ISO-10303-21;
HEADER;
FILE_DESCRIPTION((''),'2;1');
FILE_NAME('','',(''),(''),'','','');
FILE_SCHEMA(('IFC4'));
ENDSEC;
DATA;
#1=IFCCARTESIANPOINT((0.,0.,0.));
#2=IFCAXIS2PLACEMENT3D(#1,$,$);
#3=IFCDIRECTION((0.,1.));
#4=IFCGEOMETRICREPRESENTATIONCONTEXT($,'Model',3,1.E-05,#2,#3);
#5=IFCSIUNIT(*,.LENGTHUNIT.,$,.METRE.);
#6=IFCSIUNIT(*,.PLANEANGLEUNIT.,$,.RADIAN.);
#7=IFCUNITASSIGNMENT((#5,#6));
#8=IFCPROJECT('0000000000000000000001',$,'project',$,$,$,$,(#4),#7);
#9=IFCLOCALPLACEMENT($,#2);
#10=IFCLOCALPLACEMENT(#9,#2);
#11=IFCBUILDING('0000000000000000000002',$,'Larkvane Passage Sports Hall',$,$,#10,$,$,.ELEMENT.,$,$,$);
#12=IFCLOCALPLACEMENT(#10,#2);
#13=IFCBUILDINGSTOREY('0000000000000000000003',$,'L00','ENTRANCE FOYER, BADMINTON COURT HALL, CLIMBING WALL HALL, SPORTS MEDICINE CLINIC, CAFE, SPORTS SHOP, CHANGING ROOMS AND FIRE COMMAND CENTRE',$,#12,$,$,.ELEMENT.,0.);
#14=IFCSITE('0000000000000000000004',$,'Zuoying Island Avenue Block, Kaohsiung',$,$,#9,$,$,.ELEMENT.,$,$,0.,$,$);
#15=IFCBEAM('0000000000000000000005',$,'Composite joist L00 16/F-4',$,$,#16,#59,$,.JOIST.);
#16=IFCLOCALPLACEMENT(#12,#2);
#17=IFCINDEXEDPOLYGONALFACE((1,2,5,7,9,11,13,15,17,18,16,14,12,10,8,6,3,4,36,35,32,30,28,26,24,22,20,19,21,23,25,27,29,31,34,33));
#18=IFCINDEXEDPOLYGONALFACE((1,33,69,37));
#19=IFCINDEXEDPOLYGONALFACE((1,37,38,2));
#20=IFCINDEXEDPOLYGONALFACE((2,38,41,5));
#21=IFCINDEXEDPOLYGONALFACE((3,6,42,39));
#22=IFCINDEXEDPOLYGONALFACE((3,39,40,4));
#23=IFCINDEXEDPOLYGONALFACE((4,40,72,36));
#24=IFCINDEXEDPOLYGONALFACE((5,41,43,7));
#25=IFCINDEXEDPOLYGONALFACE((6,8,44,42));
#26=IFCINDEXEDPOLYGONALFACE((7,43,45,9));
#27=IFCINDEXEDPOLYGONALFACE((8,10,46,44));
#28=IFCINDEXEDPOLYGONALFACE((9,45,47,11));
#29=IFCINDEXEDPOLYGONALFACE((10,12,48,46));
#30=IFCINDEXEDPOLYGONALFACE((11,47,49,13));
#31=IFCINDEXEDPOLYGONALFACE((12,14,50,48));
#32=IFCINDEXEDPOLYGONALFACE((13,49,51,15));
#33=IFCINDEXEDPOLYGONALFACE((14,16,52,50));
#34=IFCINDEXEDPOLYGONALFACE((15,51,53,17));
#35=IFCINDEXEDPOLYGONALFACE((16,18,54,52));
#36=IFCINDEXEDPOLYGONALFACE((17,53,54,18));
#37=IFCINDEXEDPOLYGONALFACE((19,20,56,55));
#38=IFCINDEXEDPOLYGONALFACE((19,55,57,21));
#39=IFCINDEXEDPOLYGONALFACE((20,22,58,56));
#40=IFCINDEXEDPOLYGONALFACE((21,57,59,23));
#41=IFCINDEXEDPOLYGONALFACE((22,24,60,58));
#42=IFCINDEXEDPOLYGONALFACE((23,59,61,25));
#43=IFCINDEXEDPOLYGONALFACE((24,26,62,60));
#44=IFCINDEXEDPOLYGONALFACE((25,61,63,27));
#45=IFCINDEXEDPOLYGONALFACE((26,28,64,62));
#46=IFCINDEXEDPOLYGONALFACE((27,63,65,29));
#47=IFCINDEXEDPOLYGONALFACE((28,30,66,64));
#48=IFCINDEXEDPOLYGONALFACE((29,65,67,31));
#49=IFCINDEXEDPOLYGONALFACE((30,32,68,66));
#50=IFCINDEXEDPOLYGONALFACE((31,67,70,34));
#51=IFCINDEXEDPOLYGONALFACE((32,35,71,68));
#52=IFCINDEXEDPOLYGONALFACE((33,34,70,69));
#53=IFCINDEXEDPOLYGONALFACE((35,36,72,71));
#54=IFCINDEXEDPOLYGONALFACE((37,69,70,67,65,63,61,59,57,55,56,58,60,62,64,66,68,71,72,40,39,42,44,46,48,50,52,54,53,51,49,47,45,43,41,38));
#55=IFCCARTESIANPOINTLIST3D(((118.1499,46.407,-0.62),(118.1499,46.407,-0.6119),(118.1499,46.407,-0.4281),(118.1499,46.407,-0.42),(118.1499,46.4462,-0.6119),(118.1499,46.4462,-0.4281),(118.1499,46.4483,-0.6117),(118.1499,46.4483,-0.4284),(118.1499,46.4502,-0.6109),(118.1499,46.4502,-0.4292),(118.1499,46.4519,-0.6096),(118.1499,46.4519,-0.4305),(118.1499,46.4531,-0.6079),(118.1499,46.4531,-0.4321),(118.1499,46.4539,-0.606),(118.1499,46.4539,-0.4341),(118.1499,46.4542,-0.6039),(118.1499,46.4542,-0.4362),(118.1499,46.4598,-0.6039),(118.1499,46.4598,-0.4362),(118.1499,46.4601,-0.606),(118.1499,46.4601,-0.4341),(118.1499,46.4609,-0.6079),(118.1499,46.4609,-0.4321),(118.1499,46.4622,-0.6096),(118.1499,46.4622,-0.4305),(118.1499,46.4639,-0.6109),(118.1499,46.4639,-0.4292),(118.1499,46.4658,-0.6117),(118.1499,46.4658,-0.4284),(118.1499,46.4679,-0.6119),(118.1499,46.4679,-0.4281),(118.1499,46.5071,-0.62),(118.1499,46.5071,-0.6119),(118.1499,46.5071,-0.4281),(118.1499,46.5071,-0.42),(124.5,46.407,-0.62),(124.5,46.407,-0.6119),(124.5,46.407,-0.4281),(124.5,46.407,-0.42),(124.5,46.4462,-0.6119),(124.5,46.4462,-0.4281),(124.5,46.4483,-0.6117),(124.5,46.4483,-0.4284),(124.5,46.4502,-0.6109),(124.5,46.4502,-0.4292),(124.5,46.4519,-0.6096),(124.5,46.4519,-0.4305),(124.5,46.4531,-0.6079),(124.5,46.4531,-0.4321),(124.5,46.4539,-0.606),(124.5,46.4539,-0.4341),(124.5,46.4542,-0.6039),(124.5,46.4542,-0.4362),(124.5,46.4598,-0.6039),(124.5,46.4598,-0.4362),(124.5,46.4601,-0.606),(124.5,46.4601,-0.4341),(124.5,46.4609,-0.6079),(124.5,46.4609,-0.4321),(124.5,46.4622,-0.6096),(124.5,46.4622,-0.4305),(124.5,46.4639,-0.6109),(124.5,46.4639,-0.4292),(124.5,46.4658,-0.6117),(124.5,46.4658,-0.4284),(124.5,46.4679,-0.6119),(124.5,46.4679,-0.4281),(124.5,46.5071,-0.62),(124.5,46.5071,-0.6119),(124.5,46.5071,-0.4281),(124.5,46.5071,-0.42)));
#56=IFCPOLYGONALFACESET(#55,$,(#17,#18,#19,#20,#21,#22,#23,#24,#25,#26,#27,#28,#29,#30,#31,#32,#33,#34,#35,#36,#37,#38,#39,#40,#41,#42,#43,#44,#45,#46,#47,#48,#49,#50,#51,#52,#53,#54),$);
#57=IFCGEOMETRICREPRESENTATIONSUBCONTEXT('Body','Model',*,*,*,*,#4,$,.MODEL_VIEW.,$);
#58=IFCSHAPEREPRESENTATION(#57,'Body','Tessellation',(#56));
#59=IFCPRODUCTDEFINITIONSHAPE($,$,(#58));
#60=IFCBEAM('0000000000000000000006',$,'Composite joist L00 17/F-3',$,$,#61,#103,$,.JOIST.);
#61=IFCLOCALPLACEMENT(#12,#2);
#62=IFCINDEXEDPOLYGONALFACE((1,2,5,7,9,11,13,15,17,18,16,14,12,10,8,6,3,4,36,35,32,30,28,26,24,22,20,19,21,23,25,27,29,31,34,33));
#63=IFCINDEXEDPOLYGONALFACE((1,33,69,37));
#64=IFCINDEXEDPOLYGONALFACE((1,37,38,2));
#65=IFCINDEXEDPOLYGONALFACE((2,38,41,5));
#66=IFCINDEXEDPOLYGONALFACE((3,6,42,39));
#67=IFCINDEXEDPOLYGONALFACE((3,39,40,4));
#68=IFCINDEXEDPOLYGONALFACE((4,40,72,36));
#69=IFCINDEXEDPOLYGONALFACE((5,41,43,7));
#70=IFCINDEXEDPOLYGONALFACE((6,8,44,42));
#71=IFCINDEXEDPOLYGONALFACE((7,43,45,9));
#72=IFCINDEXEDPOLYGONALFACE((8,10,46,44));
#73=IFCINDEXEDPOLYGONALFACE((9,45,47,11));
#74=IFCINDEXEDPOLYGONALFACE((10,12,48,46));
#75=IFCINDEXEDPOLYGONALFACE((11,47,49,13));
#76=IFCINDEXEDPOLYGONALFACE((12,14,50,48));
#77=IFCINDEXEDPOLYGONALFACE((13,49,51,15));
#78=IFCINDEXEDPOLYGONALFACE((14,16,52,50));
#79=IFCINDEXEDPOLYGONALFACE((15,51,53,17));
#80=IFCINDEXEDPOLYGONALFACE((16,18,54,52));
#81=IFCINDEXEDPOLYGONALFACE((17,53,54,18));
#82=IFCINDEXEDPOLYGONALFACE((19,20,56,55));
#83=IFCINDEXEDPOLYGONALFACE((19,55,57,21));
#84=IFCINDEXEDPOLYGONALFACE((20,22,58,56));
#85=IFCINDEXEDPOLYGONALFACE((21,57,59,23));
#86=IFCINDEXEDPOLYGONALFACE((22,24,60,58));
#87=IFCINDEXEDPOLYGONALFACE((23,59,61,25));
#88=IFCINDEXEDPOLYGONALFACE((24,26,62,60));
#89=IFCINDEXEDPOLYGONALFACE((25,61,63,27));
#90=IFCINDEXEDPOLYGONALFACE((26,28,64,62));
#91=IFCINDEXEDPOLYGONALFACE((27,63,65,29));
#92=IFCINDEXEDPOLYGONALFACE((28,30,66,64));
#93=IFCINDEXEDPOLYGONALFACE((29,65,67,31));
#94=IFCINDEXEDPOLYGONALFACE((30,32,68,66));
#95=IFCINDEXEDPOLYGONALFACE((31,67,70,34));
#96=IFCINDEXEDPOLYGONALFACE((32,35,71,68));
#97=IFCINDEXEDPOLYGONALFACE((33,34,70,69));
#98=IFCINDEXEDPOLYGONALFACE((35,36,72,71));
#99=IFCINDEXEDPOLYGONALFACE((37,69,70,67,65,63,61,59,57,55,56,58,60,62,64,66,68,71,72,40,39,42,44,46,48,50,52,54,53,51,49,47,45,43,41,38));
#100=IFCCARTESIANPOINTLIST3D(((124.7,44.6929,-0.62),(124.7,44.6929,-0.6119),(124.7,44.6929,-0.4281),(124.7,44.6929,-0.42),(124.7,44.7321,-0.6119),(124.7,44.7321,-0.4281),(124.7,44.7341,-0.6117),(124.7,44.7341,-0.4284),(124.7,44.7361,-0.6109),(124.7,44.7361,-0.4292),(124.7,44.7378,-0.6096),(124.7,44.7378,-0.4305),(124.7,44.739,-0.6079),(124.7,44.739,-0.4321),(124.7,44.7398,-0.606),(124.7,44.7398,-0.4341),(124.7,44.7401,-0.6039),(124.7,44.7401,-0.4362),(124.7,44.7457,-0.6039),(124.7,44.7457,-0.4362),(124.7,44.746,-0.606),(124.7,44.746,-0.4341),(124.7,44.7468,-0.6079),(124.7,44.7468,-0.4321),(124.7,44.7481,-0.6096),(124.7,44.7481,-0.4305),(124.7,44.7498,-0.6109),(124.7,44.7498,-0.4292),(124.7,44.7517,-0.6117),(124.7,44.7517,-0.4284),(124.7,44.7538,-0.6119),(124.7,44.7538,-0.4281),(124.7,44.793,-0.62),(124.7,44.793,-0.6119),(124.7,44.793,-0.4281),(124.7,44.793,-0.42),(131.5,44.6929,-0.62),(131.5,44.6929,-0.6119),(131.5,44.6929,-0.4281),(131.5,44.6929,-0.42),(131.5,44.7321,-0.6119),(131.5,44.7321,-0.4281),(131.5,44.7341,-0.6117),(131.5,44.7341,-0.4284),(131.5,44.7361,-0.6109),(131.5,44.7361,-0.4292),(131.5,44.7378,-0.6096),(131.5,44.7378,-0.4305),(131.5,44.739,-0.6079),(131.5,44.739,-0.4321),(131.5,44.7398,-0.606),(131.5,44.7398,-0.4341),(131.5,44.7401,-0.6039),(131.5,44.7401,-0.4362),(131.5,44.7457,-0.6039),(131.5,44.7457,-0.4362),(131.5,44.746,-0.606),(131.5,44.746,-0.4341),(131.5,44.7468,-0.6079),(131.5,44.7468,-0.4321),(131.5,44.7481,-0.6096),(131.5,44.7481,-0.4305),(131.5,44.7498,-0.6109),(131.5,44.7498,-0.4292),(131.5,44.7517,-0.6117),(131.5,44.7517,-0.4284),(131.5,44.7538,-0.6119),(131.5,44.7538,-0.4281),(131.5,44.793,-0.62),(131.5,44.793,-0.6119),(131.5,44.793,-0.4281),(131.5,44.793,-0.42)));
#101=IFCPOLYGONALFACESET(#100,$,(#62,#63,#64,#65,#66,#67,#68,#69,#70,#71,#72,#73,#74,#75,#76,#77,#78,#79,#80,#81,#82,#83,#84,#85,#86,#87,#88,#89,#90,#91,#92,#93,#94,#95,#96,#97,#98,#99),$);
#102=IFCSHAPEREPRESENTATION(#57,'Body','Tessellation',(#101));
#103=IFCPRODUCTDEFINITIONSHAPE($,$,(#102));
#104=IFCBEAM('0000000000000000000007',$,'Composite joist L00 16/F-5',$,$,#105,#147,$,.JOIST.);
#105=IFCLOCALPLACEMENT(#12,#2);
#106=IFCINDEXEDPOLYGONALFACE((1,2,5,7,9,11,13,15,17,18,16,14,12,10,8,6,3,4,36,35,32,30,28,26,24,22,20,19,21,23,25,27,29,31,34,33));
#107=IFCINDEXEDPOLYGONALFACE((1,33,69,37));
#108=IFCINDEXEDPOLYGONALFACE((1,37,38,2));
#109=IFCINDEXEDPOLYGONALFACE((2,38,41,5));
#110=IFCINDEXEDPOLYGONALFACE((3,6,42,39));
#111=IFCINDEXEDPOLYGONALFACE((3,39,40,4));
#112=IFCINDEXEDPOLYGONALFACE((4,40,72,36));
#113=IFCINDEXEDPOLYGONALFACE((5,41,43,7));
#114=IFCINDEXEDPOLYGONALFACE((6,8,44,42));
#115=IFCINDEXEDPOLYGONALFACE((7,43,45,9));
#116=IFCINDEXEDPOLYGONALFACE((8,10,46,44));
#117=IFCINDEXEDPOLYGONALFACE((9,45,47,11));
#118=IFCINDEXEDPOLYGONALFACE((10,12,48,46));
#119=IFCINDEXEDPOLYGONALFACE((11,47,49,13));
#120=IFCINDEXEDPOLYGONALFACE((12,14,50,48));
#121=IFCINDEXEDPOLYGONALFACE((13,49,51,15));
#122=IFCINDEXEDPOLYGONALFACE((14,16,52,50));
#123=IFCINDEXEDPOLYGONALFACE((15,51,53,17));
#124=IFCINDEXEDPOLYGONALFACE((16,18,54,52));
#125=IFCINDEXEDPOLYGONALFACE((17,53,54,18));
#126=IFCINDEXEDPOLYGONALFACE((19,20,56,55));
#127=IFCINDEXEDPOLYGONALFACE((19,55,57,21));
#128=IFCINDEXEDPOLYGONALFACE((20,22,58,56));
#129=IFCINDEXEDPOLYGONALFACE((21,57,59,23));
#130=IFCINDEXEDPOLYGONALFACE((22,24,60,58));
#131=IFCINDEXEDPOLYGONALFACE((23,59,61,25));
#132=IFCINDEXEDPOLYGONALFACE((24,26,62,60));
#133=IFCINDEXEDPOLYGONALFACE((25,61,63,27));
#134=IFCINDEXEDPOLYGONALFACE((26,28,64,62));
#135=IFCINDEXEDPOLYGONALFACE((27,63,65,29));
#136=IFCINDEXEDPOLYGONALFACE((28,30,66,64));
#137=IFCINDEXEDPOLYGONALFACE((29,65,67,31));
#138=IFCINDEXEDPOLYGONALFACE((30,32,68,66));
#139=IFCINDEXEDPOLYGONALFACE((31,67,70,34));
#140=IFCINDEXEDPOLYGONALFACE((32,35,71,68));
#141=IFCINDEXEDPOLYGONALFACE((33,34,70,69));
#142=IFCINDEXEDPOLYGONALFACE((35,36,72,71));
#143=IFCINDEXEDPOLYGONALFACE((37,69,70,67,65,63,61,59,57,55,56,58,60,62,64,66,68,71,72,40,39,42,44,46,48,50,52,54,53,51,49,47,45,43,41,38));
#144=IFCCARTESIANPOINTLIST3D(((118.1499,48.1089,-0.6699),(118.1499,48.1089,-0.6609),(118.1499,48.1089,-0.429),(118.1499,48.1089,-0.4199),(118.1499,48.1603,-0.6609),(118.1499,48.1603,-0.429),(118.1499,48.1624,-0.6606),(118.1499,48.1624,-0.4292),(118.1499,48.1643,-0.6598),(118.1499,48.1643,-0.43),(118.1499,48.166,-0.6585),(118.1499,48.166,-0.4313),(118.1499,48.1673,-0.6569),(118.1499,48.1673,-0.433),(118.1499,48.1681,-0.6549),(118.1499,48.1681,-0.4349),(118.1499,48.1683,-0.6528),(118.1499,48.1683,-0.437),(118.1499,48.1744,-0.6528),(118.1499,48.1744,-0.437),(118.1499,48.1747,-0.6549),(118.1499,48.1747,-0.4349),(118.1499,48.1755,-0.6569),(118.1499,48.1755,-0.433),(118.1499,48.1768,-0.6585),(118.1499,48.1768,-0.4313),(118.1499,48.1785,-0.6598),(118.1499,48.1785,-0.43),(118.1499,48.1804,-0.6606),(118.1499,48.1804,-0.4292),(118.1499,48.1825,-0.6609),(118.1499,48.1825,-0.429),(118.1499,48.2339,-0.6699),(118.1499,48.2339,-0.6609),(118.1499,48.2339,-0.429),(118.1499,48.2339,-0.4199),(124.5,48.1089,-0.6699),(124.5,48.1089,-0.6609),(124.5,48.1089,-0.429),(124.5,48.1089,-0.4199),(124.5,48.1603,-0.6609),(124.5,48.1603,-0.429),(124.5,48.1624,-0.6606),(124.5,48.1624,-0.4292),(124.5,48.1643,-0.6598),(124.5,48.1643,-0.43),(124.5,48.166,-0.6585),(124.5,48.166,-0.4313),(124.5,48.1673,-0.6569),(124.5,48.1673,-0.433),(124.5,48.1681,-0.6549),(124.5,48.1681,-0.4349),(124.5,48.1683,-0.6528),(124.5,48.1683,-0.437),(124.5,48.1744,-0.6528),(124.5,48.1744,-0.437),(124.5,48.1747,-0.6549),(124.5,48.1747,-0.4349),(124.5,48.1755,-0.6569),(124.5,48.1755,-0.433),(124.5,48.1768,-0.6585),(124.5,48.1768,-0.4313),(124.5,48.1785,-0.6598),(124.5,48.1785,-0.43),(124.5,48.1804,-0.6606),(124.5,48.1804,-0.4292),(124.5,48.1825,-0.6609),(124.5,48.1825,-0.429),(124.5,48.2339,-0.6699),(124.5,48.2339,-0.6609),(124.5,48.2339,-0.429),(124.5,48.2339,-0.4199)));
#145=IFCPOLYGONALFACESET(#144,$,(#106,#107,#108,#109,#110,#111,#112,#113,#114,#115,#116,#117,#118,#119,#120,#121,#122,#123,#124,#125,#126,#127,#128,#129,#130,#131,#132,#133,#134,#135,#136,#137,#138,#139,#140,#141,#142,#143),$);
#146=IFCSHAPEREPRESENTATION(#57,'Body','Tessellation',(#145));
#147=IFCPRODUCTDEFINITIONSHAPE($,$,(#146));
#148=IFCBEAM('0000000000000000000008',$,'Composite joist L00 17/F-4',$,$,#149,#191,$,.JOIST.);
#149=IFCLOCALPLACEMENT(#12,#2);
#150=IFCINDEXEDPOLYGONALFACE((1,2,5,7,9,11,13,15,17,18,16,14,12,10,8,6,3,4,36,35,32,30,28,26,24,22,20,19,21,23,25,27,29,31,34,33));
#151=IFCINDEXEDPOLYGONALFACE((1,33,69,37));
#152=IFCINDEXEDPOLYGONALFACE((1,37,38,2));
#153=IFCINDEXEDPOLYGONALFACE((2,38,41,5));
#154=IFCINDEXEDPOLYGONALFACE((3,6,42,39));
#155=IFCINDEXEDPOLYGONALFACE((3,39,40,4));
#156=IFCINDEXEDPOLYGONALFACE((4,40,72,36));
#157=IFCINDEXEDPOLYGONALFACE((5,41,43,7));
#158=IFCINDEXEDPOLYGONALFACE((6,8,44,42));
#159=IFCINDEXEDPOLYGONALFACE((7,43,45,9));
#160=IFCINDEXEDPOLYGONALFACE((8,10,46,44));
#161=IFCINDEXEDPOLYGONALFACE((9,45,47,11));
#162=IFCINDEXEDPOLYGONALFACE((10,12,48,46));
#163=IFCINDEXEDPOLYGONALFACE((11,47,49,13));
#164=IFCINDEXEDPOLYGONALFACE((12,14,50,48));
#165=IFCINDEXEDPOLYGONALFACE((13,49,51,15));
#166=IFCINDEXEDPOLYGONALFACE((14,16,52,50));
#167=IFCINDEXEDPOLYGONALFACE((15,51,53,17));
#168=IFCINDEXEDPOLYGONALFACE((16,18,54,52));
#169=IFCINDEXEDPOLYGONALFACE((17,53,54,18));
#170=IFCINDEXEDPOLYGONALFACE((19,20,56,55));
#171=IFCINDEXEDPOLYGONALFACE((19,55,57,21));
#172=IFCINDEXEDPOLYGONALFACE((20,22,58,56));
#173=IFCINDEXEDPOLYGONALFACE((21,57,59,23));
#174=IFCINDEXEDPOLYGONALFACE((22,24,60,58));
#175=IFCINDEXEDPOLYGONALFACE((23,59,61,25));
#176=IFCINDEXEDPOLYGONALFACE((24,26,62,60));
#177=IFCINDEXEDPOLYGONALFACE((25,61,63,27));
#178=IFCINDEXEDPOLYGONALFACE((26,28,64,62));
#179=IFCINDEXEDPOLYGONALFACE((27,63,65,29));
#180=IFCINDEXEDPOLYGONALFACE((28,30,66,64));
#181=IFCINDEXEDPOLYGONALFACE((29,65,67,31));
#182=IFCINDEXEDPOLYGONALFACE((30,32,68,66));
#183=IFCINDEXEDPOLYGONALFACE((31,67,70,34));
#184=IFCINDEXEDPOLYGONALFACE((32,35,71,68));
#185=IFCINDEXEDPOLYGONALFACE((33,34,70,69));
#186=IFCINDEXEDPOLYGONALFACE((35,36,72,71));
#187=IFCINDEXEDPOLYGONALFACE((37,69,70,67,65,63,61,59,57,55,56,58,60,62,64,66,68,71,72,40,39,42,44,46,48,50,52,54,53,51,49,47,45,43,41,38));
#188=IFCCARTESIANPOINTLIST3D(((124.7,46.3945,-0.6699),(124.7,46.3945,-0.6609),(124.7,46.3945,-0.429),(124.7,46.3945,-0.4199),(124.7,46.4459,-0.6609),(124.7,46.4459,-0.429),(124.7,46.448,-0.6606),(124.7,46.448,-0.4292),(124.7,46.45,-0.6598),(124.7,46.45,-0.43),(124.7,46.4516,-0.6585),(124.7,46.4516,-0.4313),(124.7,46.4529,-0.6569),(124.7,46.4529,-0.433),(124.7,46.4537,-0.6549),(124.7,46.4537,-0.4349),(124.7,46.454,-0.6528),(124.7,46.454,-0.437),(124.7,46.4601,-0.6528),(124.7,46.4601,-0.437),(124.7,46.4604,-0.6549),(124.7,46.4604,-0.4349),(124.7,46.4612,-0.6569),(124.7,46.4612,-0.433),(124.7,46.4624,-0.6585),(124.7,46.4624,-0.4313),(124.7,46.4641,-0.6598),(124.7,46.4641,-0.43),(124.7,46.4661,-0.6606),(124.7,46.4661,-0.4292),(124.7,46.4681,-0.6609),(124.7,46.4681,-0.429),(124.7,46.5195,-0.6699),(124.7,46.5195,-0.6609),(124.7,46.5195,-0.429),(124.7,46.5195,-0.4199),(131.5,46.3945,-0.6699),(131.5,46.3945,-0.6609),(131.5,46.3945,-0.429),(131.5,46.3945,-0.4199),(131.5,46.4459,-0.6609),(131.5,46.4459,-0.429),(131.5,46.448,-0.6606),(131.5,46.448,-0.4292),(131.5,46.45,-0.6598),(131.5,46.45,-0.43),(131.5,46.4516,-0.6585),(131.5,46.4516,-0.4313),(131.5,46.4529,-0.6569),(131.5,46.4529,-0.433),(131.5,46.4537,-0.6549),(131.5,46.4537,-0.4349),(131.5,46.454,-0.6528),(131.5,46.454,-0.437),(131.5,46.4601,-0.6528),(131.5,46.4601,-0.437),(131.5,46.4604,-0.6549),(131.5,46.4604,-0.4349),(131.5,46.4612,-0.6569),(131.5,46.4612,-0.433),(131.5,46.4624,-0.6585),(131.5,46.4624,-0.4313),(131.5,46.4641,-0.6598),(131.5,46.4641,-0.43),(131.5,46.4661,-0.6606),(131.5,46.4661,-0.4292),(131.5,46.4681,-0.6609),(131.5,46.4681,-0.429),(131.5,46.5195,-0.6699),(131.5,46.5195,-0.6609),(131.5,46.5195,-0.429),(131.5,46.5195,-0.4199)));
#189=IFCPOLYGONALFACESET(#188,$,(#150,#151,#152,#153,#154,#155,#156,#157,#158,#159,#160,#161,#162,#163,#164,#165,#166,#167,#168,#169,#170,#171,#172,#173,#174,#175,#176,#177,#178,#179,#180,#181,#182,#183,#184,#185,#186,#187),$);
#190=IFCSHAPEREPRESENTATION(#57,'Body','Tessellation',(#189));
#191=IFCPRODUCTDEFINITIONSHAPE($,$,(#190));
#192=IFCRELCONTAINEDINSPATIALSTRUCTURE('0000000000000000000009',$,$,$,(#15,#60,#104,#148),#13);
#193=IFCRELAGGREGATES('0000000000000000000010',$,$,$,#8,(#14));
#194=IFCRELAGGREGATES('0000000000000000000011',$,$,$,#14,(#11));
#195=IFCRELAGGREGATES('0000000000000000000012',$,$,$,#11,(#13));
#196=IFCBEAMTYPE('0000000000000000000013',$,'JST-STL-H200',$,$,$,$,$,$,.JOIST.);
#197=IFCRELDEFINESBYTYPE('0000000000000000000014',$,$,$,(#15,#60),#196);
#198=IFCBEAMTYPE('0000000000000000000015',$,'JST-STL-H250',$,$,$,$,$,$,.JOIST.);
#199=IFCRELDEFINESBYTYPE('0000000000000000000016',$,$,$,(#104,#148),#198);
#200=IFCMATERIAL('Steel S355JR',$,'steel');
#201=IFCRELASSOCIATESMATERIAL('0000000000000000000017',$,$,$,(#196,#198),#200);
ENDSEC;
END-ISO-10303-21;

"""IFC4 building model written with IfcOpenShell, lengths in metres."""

from ifc_helpers import new_model, si_unit, direction, frame, origin, origin_2d, place, context, subcontext, project, spatial, i_section, extrude, material, material_profile, profile_set, type_object, element, save


model = new_model("IFC4")

# Units and contexts
model_context = context("Model", 3, precision=1e-05, world=origin(), true_north=direction((0.0, 1.0)))
body_context = subcontext(model_context, "Body", "Model", "MODEL_VIEW")
ifc_project = project(units=[si_unit("LENGTHUNIT", "METRE"), si_unit("PLANEANGLEUNIT", "RADIAN")], contexts=[model_context])

# Site, building, storey
site_placement = place(None, origin())
site = spatial("IfcSite", under=ifc_project, at=site_placement, Name="Zuoying Island Avenue Block, Kaohsiung", CompositionType="ELEMENT", RefElevation=0.0)
building_placement = place(site_placement, origin())
building = spatial("IfcBuilding", under=site, at=building_placement, Name="Larkvane Passage Sports Hall", CompositionType="ELEMENT")
storey_placement = place(building_placement, origin())
storey = spatial("IfcBuildingStorey", under=building, at=storey_placement, Name="L00", Description="ENTRANCE FOYER, BADMINTON COURT HALL, CLIMBING WALL HALL, SPORTS MEDICINE CLINIC, CAFE, SPORTS SHOP, CHANGING ROOMS AND FIRE COMMAND CENTRE", CompositionType="ELEMENT", Elevation=0.0)

# Beams
ifc_material_1 = material(Name="Steel S355JR", Category="steel")
ifc_material_profile_1 = material_profile(ifc_material_1, i_section(OverallWidth=0.1001, OverallDepth=0.2, WebThickness=0.0056, FlangeThickness=0.0081, FilletRadius=0.0081, at=origin_2d()), Name="H-200x100x5.5x8")
ifc_profile_set_1 = profile_set([ifc_material_profile_1], Name="Steel S355JR")
beam_type_1 = type_object("IfcBeamType", Name="JST-STL-H200", PredefinedType="JOIST", material=ifc_profile_set_1)
beam_1_placement = place(storey_placement, frame((118.1499, 46.457, -0.52), z_axis=(1.0, 0.0, 0.0), x_axis=(0.0, 1.0, 0.0)))
element("IfcBeam", 1, at=beam_1_placement, inside=storey, type_object=beam_type_1, Name="Composite joist L00 16/F-4", PredefinedType="JOIST", context=body_context, shape_type="SweptSolid", body=[
    extrude(i_section(OverallWidth=0.1001, OverallDepth=0.2, WebThickness=0.0056, FlangeThickness=0.0081, FilletRadius=0.0081, at=origin_2d()), origin(), (0.0, 0.0, 1.0), 6.3501),
])
beam_2_placement = place(storey_placement, frame((124.7, 44.7429, -0.52), z_axis=(1.0, 0.0, 0.0), x_axis=(0.0, 1.0, 0.0)))
element("IfcBeam", 2, at=beam_2_placement, inside=storey, type_object=beam_type_1, Name="Composite joist L00 17/F-3", PredefinedType="JOIST", context=body_context, shape_type="SweptSolid", body=[
    extrude(i_section(OverallWidth=0.1001, OverallDepth=0.2, WebThickness=0.0056, FlangeThickness=0.0081, FilletRadius=0.0081, at=origin_2d()), origin(), (0.0, 0.0, 1.0), 6.8),
])
ifc_material_profile_2 = material_profile(ifc_material_1, i_section(OverallWidth=0.125, OverallDepth=0.25, WebThickness=0.0061, FlangeThickness=0.009, FilletRadius=0.0081, at=origin_2d()), Name="H-250x125x6x9")
ifc_profile_set_2 = profile_set([ifc_material_profile_2], Name="Steel S355JR")
beam_type_2 = type_object("IfcBeamType", Name="JST-STL-H250", PredefinedType="JOIST", material=ifc_profile_set_2)
beam_3_placement = place(storey_placement, frame((118.1499, 48.1714, -0.5449), z_axis=(1.0, 0.0, 0.0), x_axis=(0.0, 1.0, 0.0)))
element("IfcBeam", 3, at=beam_3_placement, inside=storey, type_object=beam_type_2, Name="Composite joist L00 16/F-5", PredefinedType="JOIST", context=body_context, shape_type="SweptSolid", body=[
    extrude(i_section(OverallWidth=0.125, OverallDepth=0.25, WebThickness=0.0061, FlangeThickness=0.009, FilletRadius=0.0081, at=origin_2d()), origin(), (0.0, 0.0, 1.0), 6.3501),
])
beam_4_placement = place(storey_placement, frame((124.7, 46.457, -0.5449), z_axis=(1.0, 0.0, 0.0), x_axis=(0.0, 1.0, 0.0)))
element("IfcBeam", 4, at=beam_4_placement, inside=storey, type_object=beam_type_2, Name="Composite joist L00 17/F-4", PredefinedType="JOIST", context=body_context, shape_type="SweptSolid", body=[
    extrude(i_section(OverallWidth=0.125, OverallDepth=0.25, WebThickness=0.0061, FlangeThickness=0.009, FilletRadius=0.0081, at=origin_2d()), origin(), (0.0, 0.0, 1.0), 6.8),
])

save(model, "model.ifc")
